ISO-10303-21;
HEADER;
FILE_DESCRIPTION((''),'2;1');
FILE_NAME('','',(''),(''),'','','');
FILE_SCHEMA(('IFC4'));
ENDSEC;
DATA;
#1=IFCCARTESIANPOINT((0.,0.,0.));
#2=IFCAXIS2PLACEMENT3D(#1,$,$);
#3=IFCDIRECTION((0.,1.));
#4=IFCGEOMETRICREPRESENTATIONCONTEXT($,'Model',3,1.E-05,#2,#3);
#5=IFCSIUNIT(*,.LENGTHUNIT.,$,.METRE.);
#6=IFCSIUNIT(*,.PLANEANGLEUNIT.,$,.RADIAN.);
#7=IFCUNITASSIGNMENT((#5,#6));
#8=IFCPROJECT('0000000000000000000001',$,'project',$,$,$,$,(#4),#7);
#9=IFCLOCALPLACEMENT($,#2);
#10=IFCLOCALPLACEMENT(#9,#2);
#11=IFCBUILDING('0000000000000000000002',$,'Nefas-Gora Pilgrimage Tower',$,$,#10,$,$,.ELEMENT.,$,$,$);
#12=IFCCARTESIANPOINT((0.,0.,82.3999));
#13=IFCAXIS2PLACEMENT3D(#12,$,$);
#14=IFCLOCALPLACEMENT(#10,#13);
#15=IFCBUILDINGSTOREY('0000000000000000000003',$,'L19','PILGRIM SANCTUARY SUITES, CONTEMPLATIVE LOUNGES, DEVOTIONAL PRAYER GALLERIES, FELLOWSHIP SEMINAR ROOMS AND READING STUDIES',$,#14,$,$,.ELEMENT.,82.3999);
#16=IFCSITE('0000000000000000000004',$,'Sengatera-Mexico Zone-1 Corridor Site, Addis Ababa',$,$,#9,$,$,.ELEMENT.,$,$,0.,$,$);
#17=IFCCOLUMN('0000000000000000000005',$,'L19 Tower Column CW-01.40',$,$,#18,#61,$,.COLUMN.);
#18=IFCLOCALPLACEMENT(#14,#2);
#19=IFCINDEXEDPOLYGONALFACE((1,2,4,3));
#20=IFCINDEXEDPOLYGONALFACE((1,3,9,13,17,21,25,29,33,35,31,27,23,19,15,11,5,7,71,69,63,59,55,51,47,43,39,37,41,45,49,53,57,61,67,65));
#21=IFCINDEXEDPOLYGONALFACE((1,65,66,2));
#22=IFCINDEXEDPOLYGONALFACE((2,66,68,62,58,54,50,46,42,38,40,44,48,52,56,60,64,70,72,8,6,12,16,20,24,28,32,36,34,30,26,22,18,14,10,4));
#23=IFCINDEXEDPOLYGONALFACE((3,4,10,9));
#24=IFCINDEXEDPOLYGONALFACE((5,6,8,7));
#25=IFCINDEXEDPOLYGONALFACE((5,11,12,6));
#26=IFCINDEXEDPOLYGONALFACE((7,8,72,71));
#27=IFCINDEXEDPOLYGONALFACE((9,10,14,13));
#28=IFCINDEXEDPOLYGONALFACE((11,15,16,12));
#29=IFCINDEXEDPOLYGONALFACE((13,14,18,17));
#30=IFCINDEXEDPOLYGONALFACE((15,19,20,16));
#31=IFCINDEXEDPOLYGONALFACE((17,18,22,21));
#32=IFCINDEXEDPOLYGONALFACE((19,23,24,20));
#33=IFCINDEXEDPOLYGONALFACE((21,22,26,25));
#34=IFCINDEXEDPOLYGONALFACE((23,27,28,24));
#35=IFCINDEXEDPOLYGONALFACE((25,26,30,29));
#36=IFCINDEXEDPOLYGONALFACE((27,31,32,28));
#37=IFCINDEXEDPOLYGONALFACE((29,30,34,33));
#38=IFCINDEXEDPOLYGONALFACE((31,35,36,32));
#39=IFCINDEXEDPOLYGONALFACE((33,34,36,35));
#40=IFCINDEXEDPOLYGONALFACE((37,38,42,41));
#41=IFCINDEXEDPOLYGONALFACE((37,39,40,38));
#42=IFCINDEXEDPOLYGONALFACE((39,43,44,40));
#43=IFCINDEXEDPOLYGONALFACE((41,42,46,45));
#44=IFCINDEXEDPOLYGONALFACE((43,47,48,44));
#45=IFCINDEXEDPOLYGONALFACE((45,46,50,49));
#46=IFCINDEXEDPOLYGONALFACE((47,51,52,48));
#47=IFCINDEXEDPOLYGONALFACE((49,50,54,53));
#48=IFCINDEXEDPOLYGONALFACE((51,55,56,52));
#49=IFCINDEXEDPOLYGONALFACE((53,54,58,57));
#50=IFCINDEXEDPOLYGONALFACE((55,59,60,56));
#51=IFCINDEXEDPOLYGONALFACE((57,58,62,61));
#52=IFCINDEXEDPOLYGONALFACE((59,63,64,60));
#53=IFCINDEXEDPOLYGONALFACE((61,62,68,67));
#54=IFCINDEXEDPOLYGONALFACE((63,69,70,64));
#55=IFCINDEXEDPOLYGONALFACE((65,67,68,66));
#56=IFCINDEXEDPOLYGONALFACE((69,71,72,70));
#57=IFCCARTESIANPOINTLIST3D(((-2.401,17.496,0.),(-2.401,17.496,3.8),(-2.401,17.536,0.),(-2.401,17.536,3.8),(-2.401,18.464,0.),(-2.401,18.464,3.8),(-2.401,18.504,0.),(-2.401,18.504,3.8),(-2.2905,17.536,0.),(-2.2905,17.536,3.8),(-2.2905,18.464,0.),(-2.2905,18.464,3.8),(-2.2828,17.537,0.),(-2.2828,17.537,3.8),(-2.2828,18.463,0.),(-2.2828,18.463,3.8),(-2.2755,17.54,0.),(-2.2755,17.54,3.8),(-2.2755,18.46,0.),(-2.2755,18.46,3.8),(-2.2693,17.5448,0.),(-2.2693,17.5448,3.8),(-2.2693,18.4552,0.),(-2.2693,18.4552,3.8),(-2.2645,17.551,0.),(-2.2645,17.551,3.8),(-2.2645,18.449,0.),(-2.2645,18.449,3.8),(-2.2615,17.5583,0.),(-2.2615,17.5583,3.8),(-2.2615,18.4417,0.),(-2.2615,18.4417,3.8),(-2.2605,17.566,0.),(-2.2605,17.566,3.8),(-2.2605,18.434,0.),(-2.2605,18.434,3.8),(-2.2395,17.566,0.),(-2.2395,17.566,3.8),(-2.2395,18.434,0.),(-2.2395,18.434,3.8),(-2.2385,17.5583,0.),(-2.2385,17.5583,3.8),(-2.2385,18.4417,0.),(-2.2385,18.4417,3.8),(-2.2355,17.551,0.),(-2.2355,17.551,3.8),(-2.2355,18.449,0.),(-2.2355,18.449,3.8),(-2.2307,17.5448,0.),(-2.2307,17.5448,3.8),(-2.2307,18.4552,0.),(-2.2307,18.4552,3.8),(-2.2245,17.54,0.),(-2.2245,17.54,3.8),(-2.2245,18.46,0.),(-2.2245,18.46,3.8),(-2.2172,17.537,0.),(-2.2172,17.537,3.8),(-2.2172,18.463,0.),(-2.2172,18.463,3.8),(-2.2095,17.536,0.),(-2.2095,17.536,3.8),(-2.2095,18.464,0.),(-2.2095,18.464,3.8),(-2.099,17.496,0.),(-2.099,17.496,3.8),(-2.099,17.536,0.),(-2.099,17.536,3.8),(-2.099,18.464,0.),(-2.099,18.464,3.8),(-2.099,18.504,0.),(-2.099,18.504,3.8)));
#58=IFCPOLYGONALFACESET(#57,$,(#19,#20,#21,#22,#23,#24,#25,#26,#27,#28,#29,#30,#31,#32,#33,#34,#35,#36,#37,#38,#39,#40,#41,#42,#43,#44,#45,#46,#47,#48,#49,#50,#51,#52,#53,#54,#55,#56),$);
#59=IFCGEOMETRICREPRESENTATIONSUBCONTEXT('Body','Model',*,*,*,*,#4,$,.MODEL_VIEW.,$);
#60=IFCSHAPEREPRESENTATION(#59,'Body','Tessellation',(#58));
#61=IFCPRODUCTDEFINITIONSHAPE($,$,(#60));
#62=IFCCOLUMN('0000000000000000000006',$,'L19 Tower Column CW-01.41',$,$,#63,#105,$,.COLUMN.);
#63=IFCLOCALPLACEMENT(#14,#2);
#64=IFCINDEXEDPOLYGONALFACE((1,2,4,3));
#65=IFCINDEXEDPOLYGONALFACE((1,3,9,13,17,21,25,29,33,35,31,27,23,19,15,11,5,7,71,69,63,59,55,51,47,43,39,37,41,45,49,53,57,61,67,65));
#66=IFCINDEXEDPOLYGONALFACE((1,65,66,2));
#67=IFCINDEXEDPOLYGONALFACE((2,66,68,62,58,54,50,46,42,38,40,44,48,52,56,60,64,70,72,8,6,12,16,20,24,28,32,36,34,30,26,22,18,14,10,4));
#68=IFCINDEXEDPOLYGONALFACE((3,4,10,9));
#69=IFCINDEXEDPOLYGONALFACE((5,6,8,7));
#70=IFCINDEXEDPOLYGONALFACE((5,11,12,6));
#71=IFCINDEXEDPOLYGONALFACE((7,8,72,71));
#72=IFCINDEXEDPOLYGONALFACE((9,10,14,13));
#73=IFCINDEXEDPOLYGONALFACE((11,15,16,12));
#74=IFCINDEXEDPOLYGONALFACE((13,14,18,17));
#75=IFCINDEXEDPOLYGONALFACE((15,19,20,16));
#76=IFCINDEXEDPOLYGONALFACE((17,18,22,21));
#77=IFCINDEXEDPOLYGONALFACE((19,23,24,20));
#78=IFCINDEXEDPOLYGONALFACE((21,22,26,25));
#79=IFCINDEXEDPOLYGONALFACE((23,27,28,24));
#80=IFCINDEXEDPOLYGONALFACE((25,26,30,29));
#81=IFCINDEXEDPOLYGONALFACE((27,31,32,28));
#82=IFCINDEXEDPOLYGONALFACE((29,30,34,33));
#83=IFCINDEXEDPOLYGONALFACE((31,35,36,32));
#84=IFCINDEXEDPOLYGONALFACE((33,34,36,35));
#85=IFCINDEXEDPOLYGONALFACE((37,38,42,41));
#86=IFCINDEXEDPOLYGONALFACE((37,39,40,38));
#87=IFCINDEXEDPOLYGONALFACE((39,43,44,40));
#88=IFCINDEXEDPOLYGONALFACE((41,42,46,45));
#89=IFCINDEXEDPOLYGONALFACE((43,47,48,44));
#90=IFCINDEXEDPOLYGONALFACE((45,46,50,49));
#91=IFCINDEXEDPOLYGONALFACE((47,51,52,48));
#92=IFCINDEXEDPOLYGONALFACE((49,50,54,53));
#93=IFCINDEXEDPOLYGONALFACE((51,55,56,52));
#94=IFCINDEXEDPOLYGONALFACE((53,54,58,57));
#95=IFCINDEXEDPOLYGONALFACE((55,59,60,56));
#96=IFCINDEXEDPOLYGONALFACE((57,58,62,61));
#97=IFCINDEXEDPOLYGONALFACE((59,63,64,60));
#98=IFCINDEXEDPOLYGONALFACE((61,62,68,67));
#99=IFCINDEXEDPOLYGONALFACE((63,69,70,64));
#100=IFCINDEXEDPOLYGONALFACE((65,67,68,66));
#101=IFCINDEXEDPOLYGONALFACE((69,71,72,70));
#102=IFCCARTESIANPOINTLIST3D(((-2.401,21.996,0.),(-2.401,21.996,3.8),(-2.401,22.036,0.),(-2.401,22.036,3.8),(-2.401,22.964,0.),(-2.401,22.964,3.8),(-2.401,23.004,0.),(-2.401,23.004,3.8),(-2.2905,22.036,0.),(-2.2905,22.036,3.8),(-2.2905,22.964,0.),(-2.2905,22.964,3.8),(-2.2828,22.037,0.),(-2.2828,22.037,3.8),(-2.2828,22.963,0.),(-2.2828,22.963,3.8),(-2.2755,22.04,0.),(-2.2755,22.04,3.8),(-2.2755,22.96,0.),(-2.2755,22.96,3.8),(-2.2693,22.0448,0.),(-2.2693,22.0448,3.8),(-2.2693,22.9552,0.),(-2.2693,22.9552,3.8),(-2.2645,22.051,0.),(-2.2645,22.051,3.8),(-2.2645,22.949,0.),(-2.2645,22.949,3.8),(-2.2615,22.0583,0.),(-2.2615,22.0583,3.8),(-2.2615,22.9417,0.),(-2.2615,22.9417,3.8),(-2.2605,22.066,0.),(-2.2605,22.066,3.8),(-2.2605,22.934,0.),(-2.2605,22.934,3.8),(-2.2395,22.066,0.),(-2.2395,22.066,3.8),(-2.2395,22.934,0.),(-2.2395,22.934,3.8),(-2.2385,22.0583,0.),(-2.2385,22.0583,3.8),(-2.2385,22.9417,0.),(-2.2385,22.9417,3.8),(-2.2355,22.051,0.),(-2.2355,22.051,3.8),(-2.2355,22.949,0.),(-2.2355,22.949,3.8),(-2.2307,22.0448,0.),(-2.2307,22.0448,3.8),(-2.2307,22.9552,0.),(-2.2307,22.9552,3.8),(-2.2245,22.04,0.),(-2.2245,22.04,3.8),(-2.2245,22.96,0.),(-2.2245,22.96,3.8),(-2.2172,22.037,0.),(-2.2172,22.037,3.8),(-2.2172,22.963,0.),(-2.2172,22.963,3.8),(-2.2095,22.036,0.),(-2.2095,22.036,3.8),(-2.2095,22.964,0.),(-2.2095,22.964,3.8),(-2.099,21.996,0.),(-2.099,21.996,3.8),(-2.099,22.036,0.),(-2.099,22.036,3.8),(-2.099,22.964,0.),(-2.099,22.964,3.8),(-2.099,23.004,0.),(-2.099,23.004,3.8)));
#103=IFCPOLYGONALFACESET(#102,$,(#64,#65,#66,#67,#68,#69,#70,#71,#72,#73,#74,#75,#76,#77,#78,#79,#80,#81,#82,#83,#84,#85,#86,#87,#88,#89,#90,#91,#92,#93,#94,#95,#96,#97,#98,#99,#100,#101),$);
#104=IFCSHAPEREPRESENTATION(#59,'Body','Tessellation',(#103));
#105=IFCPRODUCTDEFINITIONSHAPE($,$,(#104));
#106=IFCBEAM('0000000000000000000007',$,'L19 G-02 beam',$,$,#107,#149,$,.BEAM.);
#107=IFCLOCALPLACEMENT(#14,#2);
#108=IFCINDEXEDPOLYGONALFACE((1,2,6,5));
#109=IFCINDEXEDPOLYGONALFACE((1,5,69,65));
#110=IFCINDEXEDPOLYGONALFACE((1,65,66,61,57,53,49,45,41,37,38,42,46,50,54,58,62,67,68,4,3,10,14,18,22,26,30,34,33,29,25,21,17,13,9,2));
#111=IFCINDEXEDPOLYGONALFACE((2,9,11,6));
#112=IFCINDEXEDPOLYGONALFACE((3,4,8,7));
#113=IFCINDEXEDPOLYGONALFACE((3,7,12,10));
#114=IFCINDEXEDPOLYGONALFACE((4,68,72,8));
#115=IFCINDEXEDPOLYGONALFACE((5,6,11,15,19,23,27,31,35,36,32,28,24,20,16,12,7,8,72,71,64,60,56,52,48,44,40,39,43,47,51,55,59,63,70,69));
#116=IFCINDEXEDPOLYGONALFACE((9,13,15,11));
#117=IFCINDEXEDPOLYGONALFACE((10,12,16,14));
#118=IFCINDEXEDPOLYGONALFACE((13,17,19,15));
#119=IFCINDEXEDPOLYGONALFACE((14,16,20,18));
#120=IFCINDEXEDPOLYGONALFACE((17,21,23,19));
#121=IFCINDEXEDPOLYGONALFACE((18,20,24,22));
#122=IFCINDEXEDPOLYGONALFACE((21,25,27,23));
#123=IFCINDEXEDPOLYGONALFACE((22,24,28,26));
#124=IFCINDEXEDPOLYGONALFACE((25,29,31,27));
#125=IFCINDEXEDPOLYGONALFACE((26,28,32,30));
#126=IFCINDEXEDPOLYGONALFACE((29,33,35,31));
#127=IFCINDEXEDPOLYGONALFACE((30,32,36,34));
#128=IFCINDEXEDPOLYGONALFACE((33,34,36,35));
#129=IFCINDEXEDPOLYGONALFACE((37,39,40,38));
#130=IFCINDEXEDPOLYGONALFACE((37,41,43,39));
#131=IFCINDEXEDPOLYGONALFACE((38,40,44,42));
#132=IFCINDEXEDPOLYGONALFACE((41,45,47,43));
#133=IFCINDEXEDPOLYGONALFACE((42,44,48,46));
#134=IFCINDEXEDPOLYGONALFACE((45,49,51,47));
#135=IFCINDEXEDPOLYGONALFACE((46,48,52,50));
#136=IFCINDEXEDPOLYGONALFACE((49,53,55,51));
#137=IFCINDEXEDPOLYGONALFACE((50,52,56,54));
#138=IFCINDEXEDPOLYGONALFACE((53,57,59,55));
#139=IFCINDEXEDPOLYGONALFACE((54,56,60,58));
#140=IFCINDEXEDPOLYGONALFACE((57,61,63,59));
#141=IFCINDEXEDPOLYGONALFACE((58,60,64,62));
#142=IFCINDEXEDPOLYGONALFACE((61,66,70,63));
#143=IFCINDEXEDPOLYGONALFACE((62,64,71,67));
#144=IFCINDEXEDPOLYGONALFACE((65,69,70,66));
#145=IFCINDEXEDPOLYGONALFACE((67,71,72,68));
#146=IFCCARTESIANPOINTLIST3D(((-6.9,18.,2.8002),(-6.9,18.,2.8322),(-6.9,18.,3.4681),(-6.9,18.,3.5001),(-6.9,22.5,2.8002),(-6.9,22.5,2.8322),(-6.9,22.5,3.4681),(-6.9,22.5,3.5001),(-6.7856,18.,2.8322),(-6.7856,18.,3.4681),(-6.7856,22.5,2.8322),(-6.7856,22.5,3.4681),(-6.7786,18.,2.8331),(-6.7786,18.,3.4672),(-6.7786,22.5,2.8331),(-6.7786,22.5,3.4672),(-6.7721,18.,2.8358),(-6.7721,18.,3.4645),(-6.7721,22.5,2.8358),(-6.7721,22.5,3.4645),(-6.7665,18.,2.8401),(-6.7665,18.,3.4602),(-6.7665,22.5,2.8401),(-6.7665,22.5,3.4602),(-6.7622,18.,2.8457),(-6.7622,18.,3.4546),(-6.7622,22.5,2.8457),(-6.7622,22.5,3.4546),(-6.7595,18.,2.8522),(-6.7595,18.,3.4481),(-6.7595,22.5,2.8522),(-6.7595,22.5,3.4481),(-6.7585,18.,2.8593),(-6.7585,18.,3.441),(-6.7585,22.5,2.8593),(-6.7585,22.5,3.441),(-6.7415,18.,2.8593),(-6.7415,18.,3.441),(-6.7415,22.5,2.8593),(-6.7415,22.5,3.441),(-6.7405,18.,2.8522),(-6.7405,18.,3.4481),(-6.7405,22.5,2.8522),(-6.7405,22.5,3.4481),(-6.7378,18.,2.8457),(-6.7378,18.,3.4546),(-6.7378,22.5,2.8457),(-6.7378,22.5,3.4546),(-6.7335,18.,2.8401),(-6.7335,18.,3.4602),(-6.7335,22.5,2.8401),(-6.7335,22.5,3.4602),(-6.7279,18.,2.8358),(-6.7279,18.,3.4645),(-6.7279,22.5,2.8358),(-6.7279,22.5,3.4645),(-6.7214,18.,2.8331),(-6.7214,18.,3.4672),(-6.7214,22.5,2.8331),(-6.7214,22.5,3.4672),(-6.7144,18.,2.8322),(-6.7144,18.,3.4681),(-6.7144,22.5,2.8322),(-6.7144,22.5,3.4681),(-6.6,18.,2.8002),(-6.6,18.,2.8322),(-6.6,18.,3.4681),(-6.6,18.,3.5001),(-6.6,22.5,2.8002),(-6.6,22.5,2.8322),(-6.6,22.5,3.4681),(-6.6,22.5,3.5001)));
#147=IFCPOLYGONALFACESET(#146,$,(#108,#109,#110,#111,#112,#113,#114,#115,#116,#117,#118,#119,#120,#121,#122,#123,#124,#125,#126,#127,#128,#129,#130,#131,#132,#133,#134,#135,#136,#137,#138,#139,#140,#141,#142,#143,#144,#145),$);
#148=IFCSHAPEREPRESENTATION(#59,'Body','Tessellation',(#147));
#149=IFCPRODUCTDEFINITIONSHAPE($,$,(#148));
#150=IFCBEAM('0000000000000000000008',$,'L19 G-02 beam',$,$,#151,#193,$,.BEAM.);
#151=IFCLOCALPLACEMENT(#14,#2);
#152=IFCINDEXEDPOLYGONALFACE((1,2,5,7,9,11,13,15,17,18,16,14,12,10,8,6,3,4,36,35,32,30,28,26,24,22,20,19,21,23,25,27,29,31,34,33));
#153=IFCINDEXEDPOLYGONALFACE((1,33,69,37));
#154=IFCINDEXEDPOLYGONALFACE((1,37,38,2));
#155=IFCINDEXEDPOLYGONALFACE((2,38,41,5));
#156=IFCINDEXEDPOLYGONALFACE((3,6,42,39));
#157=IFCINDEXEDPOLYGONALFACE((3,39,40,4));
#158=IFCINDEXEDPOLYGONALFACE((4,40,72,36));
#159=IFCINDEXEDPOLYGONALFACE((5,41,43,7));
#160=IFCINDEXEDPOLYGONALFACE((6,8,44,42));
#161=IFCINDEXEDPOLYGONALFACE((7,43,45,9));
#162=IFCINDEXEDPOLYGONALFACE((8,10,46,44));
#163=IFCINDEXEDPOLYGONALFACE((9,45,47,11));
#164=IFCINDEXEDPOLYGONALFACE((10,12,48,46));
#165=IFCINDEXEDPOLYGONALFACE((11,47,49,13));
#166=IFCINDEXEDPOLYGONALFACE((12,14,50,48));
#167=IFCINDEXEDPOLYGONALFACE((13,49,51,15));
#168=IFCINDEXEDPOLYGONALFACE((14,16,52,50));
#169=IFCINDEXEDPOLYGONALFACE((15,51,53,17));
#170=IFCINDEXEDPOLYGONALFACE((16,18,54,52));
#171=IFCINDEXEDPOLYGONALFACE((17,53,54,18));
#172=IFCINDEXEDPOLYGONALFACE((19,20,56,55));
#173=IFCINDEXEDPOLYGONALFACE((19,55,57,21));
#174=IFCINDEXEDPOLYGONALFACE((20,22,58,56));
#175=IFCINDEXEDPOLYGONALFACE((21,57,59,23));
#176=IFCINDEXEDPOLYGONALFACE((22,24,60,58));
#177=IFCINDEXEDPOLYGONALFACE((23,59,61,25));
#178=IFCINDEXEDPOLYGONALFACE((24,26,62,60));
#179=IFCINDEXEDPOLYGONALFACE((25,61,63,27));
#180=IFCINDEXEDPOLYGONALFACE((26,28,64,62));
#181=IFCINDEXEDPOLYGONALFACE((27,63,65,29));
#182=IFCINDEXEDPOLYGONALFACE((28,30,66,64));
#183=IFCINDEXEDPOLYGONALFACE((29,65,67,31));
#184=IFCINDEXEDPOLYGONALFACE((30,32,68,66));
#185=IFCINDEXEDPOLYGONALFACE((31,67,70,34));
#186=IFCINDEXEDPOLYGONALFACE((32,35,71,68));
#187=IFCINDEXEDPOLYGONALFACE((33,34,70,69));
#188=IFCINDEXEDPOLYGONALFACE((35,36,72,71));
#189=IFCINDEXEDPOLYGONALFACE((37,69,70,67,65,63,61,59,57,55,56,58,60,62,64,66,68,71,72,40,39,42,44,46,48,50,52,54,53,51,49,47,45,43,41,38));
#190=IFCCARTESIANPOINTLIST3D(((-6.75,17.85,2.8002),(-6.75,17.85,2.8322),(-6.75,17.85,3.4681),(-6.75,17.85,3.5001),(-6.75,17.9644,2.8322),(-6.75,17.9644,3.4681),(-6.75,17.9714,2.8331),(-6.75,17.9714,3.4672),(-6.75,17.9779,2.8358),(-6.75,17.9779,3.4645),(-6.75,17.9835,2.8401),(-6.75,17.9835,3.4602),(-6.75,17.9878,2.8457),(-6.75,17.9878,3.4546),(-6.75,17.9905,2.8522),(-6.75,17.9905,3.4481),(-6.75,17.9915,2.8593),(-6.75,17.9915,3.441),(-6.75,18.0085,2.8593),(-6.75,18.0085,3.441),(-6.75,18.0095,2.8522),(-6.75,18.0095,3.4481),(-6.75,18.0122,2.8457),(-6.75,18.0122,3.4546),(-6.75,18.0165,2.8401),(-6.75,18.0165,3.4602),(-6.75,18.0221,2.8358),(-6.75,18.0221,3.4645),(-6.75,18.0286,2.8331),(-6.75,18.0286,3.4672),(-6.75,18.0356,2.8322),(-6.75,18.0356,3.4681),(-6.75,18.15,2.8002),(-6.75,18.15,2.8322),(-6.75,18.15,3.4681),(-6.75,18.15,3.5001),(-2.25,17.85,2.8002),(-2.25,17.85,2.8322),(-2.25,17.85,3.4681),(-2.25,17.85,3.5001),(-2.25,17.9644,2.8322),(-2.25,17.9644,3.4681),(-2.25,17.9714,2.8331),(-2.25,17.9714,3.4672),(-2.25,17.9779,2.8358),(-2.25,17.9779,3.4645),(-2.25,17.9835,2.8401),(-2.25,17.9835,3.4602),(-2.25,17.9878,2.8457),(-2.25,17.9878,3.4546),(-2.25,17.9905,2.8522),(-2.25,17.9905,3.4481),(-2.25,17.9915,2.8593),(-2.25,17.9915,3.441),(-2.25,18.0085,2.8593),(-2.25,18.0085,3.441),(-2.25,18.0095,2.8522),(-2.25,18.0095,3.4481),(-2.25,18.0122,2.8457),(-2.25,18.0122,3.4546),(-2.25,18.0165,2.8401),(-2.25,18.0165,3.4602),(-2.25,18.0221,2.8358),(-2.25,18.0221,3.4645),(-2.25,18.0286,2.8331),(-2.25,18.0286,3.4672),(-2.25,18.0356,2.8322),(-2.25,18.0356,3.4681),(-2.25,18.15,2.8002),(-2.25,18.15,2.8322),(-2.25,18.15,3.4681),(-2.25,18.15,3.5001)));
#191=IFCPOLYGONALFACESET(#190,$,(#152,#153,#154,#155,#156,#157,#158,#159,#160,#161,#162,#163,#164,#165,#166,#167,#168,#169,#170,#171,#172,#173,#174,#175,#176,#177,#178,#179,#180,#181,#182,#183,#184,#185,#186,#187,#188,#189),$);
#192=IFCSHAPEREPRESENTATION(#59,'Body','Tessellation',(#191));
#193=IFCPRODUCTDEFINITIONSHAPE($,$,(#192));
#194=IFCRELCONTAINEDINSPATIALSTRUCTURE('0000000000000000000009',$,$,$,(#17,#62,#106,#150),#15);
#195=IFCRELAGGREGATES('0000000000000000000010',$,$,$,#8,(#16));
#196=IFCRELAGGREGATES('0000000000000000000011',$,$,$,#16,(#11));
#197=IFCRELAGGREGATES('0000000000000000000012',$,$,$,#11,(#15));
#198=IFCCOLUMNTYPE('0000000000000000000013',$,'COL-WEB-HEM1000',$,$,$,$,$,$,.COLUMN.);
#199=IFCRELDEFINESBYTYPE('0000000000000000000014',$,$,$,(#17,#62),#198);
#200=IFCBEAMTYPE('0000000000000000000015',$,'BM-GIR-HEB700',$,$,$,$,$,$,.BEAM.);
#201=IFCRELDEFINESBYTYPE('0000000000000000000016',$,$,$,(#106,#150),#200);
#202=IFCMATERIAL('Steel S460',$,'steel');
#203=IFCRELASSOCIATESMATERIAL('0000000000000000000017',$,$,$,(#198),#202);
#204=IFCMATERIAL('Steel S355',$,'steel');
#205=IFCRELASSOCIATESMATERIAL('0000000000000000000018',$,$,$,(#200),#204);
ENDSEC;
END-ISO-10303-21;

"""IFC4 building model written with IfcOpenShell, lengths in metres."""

from ifc_helpers import new_model, si_unit, direction, frame, origin, origin_2d, place, context, subcontext, project, spatial, i_section, extrude, source, transform, mapped, material, material_profile, profile_set, type_object, element, save


model = new_model("IFC4")

# Units and contexts
model_context = context("Model", 3, precision=1e-05, world=origin(), true_north=direction((0.0, 1.0)))
body_context = subcontext(model_context, "Body", "Model", "MODEL_VIEW")
ifc_project = project(units=[si_unit("LENGTHUNIT", "METRE"), si_unit("PLANEANGLEUNIT", "RADIAN")], contexts=[model_context])

# Site, building, storey
site_placement = place(None, origin())
site = spatial("IfcSite", under=ifc_project, at=site_placement, Name="Sengatera-Mexico Zone-1 Corridor Site, Addis Ababa", CompositionType="ELEMENT", RefElevation=0.0)
building_placement = place(site_placement, origin())
building = spatial("IfcBuilding", under=site, at=building_placement, Name="Nefas-Gora Pilgrimage Tower", CompositionType="ELEMENT")
storey_placement = place(building_placement, frame((0.0, 0.0, 82.3999)))
storey = spatial("IfcBuildingStorey", under=building, at=storey_placement, Name="L19", Description="PILGRIM SANCTUARY SUITES, CONTEMPLATIVE LOUNGES, DEVOTIONAL PRAYER GALLERIES, FELLOWSHIP SEMINAR ROOMS AND READING STUDIES", CompositionType="ELEMENT", Elevation=82.3999)

# Columns
ifc_material_1 = material(Name="Steel S460", Category="steel")
ifc_material_profile_1 = material_profile(ifc_material_1, i_section(OverallWidth=0.302, OverallDepth=1.0081, WebThickness=0.021, FlangeThickness=0.04, FilletRadius=0.03, at=origin_2d()), Name="HEM 1000")
ifc_profile_set_1 = profile_set([ifc_material_profile_1], Name="Steel S460")
column_type_1 = type_object("IfcColumnType", Name="COL-WEB-HEM1000", PredefinedType="COLUMN", material=ifc_profile_set_1)
shared_shape_1 = source(origin(), body_context, "Body", "SweptSolid", [
    extrude(i_section(OverallWidth=0.302, OverallDepth=1.0081, WebThickness=0.021, FlangeThickness=0.04, FilletRadius=0.03, at=origin_2d()), origin(), (0.0, 0.0, 1.0), 3.8),
])
for number, where, z_axis, x_axis, name in (
    (1, (-2.25, 18.0, 0.0), (0.0, 0.0, 1.0), (1.0, 0.0, 0.0), "L19 Tower Column CW-01.40"),
    (2, (-2.25, 22.5, 0.0), (0.0, 0.0, 1.0), (1.0, 0.0, 0.0), "L19 Tower Column CW-01.41"),
):
    element("IfcColumn", number, at=place(storey_placement, frame(where, z_axis=z_axis, x_axis=x_axis)), inside=storey, type_object=column_type_1, Name=name, PredefinedType="COLUMN", context=body_context, shape_type="MappedRepresentation", body=[
        mapped(shared_shape_1, transform((0.0, 0.0, 0.0), x_axis=(1.0, 0.0, 0.0), y_axis=(0.0, 1.0, 0.0), z_axis=(0.0, 0.0, 1.0), scale=1.0)),
    ])

# Beams
ifc_material_2 = material(Name="Steel S355", Category="steel")
ifc_material_profile_2 = material_profile(ifc_material_2, i_section(OverallWidth=0.3, OverallDepth=0.7, WebThickness=0.0171, FlangeThickness=0.032, FilletRadius=0.0271, at=origin_2d()), Name="HEB 700")
ifc_profile_set_2 = profile_set([ifc_material_profile_2], Name="Steel S355")
beam_type = type_object("IfcBeamType", Name="BM-GIR-HEB700", PredefinedType="BEAM", material=ifc_profile_set_2)
shared_shape_2 = source(origin(), body_context, "Body", "SweptSolid", [
    extrude(i_section(OverallWidth=0.3, OverallDepth=0.7, WebThickness=0.0171, FlangeThickness=0.032, FilletRadius=0.0271, at=origin_2d()), origin(), (0.0, 0.0, 1.0), 4.5),
])
for number, where, z_axis, x_axis, name in (
    (3, (-6.75, 18.0, 3.1501), (0.0, 1.0, 0.0), (-1.0, 0.0, 0.0), "L19 G-02 beam"),
    (4, (-6.75, 18.0, 3.1501), (1.0, 0.0, 0.0), (0.0, 1.0, 0.0), "L19 G-02 beam"),
):
    element("IfcBeam", number, at=place(storey_placement, frame(where, z_axis=z_axis, x_axis=x_axis)), inside=storey, type_object=beam_type, Name=name, PredefinedType="BEAM", context=body_context, shape_type="MappedRepresentation", body=[
        mapped(shared_shape_2, transform((0.0, 0.0, 0.0), x_axis=(1.0, 0.0, 0.0), y_axis=(0.0, 1.0, 0.0), z_axis=(0.0, 0.0, 1.0), scale=1.0)),
    ])

save(model, "model.ifc")
